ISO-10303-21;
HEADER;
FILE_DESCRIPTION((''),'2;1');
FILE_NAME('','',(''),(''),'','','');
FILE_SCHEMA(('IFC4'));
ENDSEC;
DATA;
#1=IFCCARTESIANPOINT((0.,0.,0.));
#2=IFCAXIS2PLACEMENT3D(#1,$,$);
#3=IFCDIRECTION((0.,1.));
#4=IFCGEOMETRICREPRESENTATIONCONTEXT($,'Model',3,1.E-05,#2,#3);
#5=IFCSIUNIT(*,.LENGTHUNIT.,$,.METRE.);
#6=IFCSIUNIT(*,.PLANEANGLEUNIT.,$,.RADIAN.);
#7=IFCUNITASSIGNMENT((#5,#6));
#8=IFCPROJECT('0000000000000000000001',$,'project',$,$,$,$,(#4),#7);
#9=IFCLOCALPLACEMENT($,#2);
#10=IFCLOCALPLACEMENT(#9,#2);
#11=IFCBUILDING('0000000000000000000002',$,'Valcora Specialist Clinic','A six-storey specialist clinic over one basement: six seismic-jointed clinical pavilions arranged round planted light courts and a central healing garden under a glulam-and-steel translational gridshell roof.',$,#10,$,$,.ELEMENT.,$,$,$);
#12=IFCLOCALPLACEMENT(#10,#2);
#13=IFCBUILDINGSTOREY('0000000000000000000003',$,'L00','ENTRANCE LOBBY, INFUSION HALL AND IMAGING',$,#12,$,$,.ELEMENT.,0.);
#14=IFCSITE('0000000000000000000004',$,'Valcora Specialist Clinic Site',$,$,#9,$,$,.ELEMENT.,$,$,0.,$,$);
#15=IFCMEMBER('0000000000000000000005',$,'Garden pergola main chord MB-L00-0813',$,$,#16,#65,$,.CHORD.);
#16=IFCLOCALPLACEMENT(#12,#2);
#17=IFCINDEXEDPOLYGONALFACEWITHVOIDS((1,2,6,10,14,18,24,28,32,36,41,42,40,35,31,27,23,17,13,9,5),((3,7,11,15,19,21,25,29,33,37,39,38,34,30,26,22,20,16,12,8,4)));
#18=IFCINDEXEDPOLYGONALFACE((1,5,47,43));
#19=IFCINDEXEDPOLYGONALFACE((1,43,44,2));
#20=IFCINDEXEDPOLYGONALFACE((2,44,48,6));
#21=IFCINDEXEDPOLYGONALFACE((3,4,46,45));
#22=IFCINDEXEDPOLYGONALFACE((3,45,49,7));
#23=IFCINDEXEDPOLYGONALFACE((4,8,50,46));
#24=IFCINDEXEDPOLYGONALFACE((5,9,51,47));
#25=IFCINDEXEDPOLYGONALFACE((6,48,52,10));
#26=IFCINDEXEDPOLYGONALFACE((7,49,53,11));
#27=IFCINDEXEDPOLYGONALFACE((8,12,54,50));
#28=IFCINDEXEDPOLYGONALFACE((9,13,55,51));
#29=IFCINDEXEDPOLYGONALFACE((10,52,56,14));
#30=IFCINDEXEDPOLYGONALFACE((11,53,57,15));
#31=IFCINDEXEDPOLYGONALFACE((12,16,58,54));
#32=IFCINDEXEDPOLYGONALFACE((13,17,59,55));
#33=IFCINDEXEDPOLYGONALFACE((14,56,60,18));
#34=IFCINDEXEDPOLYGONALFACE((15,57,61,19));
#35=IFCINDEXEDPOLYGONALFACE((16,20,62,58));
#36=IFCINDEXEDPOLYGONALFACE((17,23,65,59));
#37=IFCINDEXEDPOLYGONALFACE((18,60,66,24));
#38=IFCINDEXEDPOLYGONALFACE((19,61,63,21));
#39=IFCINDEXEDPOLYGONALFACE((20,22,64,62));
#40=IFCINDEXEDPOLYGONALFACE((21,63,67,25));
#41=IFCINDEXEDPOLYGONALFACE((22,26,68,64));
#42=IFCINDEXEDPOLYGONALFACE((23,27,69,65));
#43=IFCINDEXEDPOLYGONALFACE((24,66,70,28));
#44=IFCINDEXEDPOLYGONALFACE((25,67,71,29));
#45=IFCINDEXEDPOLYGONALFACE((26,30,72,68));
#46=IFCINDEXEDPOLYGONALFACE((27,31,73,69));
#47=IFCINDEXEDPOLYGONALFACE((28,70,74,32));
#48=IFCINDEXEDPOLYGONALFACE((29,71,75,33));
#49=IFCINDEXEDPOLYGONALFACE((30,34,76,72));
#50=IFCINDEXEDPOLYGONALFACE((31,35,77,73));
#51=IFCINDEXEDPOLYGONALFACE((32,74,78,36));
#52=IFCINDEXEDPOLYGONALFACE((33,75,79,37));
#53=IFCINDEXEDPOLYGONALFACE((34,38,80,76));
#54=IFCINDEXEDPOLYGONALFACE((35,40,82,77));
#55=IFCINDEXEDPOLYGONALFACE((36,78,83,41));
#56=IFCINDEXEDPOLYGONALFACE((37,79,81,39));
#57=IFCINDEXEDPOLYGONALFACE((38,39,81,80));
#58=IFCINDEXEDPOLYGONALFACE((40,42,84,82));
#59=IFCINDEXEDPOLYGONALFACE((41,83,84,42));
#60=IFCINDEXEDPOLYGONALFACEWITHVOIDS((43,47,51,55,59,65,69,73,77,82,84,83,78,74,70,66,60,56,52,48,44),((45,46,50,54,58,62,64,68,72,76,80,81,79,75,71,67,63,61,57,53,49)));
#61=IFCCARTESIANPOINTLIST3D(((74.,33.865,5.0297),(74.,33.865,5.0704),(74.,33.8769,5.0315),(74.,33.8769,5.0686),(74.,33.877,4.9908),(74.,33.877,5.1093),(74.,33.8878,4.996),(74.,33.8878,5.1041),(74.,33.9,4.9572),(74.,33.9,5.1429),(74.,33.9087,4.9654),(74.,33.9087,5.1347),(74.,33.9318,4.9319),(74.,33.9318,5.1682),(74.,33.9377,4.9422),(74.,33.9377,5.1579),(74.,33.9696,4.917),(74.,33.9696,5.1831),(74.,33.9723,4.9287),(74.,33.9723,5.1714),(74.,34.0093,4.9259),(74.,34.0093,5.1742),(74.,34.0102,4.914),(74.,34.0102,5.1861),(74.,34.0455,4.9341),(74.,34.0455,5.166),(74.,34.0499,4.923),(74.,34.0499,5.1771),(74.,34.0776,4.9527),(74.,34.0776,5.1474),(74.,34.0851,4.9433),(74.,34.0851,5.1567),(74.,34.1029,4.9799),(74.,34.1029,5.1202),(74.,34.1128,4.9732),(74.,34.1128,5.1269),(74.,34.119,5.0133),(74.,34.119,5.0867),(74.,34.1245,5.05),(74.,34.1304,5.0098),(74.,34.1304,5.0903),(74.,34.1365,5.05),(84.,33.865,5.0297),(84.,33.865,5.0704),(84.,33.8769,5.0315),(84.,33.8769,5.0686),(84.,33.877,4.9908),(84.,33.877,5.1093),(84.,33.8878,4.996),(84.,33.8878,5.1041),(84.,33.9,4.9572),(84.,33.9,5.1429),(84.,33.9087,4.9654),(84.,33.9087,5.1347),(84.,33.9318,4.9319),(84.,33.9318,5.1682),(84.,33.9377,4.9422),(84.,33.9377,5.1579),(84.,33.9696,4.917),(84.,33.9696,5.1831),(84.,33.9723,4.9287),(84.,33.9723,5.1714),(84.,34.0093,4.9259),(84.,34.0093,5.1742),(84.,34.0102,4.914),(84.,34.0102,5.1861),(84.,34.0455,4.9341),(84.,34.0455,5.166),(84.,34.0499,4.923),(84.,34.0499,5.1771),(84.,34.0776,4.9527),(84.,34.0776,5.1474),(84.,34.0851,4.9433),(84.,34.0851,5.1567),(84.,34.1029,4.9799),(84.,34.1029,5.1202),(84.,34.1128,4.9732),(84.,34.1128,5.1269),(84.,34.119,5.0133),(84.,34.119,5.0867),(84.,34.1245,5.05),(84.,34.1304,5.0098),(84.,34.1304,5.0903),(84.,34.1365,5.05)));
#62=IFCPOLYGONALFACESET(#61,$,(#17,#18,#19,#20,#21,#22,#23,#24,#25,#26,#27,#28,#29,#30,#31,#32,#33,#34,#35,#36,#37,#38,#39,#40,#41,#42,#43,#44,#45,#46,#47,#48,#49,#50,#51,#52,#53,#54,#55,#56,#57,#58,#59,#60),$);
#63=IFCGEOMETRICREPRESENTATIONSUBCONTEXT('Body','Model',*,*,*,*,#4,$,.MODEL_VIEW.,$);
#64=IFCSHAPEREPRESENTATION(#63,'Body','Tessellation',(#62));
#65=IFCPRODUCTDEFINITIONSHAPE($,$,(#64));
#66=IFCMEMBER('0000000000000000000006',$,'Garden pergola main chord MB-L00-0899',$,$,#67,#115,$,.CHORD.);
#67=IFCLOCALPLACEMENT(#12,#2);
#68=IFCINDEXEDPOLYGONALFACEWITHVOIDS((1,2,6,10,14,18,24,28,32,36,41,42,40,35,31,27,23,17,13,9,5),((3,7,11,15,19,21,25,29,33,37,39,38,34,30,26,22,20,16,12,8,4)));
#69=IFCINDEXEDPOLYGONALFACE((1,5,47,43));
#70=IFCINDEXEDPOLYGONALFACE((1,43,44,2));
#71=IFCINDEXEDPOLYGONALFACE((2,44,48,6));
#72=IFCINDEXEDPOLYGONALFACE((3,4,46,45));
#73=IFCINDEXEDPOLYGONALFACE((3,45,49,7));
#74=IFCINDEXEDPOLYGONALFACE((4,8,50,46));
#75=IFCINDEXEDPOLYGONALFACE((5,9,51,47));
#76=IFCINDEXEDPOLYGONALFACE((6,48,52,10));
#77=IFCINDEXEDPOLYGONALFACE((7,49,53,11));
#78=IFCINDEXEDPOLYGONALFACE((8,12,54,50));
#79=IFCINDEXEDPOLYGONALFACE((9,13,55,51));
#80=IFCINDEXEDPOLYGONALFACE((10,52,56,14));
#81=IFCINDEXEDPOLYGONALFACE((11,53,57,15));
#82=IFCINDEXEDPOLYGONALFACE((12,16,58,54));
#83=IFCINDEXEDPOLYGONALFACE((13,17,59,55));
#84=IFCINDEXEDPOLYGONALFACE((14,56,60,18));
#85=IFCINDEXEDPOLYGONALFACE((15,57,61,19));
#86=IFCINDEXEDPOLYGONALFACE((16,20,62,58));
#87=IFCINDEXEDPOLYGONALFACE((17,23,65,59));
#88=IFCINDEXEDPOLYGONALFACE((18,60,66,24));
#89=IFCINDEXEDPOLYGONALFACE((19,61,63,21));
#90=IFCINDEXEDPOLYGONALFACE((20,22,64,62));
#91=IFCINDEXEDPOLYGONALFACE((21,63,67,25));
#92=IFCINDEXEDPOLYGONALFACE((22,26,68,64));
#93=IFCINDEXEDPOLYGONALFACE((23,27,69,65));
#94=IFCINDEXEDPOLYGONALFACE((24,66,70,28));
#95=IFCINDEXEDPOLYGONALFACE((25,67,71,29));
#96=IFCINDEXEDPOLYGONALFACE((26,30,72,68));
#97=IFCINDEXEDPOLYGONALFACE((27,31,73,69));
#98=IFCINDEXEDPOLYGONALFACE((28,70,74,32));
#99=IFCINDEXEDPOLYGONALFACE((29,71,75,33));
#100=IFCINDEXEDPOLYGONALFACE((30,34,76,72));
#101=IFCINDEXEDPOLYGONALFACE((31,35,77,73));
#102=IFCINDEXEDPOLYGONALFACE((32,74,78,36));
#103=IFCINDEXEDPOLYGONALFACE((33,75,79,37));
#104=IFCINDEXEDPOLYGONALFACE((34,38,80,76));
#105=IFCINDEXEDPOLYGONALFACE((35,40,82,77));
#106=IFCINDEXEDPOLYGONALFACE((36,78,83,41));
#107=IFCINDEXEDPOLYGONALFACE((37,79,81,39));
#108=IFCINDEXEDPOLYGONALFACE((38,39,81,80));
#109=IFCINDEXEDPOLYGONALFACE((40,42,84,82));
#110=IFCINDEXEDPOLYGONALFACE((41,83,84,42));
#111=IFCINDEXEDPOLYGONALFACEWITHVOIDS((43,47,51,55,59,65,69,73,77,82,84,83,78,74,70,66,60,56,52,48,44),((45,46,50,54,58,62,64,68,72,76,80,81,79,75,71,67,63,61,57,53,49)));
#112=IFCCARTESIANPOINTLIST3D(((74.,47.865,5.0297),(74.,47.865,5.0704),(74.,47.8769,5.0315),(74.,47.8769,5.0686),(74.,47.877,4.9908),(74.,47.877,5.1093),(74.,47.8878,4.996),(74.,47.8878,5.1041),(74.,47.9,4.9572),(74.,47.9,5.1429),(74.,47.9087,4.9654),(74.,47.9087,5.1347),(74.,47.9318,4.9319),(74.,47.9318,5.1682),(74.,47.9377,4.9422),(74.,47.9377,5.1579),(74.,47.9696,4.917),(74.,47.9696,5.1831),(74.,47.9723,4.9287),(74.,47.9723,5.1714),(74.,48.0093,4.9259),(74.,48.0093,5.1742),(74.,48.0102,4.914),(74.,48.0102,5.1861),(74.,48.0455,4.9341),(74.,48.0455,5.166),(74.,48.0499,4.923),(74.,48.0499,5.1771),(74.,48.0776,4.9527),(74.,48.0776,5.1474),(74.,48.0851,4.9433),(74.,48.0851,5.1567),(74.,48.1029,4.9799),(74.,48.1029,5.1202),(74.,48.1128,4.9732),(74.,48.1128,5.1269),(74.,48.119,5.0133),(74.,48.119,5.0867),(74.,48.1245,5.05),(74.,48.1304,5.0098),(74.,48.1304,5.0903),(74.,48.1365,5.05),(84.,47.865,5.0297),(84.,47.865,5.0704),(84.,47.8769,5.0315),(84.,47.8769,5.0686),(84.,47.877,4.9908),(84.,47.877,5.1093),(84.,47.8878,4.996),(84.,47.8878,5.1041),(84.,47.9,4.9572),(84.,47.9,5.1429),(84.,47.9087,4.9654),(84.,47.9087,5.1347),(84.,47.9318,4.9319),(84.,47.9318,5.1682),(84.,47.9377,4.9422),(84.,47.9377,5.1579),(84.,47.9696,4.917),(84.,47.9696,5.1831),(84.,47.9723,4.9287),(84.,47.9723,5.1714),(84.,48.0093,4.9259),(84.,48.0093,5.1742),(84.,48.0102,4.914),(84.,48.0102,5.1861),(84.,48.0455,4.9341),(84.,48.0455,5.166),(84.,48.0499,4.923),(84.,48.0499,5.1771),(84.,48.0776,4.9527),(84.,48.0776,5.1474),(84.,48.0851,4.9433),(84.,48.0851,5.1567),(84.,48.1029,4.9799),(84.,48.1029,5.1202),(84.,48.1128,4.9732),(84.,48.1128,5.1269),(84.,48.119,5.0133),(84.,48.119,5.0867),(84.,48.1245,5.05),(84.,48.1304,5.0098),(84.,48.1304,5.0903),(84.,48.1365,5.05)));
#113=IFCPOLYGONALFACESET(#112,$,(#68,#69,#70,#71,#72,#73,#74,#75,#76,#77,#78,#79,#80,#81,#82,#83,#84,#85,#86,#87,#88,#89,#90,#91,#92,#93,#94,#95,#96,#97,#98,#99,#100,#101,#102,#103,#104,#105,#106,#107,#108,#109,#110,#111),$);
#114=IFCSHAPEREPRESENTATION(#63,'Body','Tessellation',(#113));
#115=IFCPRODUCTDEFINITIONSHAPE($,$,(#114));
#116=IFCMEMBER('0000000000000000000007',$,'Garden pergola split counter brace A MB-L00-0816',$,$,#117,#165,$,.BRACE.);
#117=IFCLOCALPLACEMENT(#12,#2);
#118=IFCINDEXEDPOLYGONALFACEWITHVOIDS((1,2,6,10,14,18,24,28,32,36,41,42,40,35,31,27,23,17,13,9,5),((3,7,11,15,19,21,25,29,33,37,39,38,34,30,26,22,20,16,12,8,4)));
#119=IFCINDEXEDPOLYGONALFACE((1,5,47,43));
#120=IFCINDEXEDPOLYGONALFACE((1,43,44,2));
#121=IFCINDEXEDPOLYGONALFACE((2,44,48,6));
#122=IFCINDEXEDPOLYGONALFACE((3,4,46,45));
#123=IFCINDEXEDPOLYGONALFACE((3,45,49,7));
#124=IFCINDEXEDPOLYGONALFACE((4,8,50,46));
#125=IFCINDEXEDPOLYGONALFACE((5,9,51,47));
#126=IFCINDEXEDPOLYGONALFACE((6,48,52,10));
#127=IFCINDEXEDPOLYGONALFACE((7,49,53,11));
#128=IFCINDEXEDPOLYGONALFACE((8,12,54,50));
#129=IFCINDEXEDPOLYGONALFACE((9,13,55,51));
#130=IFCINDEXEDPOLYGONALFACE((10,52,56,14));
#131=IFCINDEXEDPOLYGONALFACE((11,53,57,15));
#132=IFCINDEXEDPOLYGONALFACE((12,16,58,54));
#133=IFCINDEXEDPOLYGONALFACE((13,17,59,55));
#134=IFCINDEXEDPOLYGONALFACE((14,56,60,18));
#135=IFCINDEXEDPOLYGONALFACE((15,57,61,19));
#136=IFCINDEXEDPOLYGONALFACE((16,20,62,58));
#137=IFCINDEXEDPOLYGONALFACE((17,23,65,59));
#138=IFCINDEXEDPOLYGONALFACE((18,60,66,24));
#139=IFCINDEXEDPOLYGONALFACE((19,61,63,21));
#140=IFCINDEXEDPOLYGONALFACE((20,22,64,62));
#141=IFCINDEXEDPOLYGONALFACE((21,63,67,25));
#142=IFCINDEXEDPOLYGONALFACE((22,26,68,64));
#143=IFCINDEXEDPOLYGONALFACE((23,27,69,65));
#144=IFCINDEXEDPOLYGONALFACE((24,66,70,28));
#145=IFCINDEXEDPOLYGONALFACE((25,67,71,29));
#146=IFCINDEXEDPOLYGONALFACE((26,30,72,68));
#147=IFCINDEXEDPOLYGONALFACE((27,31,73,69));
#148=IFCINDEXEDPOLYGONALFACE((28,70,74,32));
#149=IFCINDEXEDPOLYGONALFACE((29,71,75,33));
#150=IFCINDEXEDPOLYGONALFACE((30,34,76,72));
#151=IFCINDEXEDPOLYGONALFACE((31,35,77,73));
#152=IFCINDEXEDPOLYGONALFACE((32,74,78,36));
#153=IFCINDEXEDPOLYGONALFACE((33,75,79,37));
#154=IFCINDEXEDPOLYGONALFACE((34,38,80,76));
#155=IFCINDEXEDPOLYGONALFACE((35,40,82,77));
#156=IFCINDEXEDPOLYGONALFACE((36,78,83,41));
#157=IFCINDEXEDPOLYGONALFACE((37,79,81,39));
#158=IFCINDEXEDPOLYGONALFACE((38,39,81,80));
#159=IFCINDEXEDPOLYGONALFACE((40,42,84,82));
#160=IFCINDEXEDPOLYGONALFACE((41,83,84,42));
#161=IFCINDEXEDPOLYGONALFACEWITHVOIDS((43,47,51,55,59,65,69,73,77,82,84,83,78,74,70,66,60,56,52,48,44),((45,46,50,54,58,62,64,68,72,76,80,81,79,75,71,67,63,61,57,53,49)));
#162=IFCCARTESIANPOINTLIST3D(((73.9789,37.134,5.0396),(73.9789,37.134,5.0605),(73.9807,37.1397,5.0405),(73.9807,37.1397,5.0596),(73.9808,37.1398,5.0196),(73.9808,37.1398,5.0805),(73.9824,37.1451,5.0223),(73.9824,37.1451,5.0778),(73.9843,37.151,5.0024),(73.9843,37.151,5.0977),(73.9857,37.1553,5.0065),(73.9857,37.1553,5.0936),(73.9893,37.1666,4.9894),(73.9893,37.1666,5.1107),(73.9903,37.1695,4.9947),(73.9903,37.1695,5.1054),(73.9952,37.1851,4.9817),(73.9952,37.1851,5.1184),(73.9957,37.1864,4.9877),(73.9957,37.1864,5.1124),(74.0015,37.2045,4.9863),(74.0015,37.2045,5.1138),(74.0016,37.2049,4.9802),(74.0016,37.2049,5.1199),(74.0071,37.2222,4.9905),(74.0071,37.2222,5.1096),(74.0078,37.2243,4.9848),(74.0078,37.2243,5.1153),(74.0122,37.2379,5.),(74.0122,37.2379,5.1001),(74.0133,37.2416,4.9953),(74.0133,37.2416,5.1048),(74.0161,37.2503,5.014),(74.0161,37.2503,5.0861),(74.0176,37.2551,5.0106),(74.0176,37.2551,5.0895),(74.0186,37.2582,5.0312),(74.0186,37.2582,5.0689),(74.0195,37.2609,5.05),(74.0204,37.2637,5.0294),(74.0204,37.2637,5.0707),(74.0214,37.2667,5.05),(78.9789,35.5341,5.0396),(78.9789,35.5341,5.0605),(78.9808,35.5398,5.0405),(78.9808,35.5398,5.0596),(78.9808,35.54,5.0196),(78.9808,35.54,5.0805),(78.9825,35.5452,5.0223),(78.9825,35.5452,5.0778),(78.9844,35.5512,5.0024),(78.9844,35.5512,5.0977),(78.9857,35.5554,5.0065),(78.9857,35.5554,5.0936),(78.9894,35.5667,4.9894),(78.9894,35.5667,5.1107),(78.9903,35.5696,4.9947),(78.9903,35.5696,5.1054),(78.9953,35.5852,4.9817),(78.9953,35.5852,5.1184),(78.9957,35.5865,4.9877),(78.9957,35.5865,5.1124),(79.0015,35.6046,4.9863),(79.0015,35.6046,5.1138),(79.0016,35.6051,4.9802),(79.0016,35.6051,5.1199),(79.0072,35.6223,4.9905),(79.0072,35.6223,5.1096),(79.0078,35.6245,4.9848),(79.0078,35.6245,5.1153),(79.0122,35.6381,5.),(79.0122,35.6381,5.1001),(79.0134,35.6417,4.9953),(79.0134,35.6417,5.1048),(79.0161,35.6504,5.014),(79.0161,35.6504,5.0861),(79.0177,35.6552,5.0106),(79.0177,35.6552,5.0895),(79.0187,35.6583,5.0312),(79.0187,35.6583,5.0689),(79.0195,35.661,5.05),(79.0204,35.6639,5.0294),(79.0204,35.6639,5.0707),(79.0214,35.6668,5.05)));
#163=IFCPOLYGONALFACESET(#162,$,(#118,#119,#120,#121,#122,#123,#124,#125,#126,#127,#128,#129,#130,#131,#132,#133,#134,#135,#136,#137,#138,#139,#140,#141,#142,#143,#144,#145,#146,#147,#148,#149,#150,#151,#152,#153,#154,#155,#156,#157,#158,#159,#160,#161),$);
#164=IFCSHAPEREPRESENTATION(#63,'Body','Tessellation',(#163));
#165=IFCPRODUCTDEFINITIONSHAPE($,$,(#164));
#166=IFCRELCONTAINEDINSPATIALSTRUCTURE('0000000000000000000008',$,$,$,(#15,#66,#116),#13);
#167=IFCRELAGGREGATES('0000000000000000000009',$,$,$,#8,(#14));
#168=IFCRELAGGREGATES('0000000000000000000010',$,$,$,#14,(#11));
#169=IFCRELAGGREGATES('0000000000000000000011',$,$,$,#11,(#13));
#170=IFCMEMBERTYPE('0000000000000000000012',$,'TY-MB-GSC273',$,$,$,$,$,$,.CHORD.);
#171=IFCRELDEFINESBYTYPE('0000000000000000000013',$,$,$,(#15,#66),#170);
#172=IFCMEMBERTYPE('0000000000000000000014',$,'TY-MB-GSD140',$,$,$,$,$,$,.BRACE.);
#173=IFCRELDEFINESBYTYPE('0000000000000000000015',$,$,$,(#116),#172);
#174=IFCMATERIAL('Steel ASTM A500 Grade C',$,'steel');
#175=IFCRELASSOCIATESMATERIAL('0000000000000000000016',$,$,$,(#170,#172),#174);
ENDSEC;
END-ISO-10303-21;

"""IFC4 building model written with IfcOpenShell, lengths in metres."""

from ifc_helpers import new_model, si_unit, direction, frame, origin, origin_2d, place, context, subcontext, project, spatial, hollow_circle, extrude, material, material_profile, profile_set, type_object, element, save


model = new_model("IFC4")

# Units and contexts
model_context = context("Model", 3, precision=1e-05, world=origin(), true_north=direction((0.0, 1.0)))
body_context = subcontext(model_context, "Body", "Model", "MODEL_VIEW")
ifc_project = project(units=[si_unit("LENGTHUNIT", "METRE"), si_unit("PLANEANGLEUNIT", "RADIAN")], contexts=[model_context])

# Site, building, storey
site_placement = place(None, origin())
site = spatial("IfcSite", under=ifc_project, at=site_placement, Name="Valcora Specialist Clinic Site", CompositionType="ELEMENT", RefElevation=0.0)
building_placement = place(site_placement, origin())
building = spatial("IfcBuilding", under=site, at=building_placement, Name="Valcora Specialist Clinic", Description="A six-storey specialist clinic over one basement: six seismic-jointed clinical pavilions arranged round planted light courts and a central healing garden under a glulam-and-steel translational gridshell roof.", CompositionType="ELEMENT")
storey_placement = place(building_placement, origin())
storey = spatial("IfcBuildingStorey", under=building, at=storey_placement, Name="L00", Description="ENTRANCE LOBBY, INFUSION HALL AND IMAGING", CompositionType="ELEMENT", Elevation=0.0)

# Shared definitions
ifc_material_1 = material(Name="Steel ASTM A500 Grade C", Category="steel")

# Members
ifc_material_profile_1 = material_profile(ifc_material_1, hollow_circle(Radius=0.1365, WallThickness=0.012, at=origin_2d()), Name="ST-CHS-273X12")
ifc_profile_set_1 = profile_set([ifc_material_profile_1], Name="Steel ASTM A500 Grade C")
member_type_1 = type_object("IfcMemberType", Name="TY-MB-GSC273", PredefinedType="CHORD", material=ifc_profile_set_1)
for number, where, z_axis, x_axis, name in (
    (1, (74.0, 34.0, 5.05), (1.0, 0.0, 0.0), (0.0, 1.0, 0.0), "Garden pergola main chord MB-L00-0813"),
    (2, (74.0, 48.0, 5.05), (1.0, 0.0, 0.0), (0.0, 1.0, 0.0), "Garden pergola main chord MB-L00-0899"),
):
    element("IfcMember", number, at=place(storey_placement, frame(where, z_axis=z_axis, x_axis=x_axis)), inside=storey, type_object=member_type_1, Name=name, PredefinedType="CHORD", context=body_context, shape_type="SweptSolid", body=[
        extrude(hollow_circle(Radius=0.1365, WallThickness=0.012, at=origin_2d()), origin(), (0.0, 0.0, 1.0), 10.0),
    ])
ifc_material_profile_2 = material_profile(ifc_material_1, hollow_circle(Radius=0.0701, WallThickness=0.0061, at=origin_2d()), Name="ST-CHS-140X6")
ifc_profile_set_2 = profile_set([ifc_material_profile_2], Name="Steel ASTM A500 Grade C")
member_type_2 = type_object("IfcMemberType", Name="TY-MB-GSD140", PredefinedType="BRACE", material=ifc_profile_set_2)
member_1_placement = place(storey_placement, frame((74.0, 37.2, 5.05), z_axis=(0.952432, -0.30475, 0.0), x_axis=(0.30475, 0.952432, 0.0)))
element("IfcMember", 3, at=member_1_placement, inside=storey, type_object=member_type_2, Name="Garden pergola split counter brace A MB-L00-0816", PredefinedType="BRACE", context=body_context, shape_type="SweptSolid", body=[
    extrude(hollow_circle(Radius=0.0701, WallThickness=0.0061, at=origin_2d()), origin(), (0.0, 0.0, 1.0), 5.2498),
])

save(model, "model.ifc")
